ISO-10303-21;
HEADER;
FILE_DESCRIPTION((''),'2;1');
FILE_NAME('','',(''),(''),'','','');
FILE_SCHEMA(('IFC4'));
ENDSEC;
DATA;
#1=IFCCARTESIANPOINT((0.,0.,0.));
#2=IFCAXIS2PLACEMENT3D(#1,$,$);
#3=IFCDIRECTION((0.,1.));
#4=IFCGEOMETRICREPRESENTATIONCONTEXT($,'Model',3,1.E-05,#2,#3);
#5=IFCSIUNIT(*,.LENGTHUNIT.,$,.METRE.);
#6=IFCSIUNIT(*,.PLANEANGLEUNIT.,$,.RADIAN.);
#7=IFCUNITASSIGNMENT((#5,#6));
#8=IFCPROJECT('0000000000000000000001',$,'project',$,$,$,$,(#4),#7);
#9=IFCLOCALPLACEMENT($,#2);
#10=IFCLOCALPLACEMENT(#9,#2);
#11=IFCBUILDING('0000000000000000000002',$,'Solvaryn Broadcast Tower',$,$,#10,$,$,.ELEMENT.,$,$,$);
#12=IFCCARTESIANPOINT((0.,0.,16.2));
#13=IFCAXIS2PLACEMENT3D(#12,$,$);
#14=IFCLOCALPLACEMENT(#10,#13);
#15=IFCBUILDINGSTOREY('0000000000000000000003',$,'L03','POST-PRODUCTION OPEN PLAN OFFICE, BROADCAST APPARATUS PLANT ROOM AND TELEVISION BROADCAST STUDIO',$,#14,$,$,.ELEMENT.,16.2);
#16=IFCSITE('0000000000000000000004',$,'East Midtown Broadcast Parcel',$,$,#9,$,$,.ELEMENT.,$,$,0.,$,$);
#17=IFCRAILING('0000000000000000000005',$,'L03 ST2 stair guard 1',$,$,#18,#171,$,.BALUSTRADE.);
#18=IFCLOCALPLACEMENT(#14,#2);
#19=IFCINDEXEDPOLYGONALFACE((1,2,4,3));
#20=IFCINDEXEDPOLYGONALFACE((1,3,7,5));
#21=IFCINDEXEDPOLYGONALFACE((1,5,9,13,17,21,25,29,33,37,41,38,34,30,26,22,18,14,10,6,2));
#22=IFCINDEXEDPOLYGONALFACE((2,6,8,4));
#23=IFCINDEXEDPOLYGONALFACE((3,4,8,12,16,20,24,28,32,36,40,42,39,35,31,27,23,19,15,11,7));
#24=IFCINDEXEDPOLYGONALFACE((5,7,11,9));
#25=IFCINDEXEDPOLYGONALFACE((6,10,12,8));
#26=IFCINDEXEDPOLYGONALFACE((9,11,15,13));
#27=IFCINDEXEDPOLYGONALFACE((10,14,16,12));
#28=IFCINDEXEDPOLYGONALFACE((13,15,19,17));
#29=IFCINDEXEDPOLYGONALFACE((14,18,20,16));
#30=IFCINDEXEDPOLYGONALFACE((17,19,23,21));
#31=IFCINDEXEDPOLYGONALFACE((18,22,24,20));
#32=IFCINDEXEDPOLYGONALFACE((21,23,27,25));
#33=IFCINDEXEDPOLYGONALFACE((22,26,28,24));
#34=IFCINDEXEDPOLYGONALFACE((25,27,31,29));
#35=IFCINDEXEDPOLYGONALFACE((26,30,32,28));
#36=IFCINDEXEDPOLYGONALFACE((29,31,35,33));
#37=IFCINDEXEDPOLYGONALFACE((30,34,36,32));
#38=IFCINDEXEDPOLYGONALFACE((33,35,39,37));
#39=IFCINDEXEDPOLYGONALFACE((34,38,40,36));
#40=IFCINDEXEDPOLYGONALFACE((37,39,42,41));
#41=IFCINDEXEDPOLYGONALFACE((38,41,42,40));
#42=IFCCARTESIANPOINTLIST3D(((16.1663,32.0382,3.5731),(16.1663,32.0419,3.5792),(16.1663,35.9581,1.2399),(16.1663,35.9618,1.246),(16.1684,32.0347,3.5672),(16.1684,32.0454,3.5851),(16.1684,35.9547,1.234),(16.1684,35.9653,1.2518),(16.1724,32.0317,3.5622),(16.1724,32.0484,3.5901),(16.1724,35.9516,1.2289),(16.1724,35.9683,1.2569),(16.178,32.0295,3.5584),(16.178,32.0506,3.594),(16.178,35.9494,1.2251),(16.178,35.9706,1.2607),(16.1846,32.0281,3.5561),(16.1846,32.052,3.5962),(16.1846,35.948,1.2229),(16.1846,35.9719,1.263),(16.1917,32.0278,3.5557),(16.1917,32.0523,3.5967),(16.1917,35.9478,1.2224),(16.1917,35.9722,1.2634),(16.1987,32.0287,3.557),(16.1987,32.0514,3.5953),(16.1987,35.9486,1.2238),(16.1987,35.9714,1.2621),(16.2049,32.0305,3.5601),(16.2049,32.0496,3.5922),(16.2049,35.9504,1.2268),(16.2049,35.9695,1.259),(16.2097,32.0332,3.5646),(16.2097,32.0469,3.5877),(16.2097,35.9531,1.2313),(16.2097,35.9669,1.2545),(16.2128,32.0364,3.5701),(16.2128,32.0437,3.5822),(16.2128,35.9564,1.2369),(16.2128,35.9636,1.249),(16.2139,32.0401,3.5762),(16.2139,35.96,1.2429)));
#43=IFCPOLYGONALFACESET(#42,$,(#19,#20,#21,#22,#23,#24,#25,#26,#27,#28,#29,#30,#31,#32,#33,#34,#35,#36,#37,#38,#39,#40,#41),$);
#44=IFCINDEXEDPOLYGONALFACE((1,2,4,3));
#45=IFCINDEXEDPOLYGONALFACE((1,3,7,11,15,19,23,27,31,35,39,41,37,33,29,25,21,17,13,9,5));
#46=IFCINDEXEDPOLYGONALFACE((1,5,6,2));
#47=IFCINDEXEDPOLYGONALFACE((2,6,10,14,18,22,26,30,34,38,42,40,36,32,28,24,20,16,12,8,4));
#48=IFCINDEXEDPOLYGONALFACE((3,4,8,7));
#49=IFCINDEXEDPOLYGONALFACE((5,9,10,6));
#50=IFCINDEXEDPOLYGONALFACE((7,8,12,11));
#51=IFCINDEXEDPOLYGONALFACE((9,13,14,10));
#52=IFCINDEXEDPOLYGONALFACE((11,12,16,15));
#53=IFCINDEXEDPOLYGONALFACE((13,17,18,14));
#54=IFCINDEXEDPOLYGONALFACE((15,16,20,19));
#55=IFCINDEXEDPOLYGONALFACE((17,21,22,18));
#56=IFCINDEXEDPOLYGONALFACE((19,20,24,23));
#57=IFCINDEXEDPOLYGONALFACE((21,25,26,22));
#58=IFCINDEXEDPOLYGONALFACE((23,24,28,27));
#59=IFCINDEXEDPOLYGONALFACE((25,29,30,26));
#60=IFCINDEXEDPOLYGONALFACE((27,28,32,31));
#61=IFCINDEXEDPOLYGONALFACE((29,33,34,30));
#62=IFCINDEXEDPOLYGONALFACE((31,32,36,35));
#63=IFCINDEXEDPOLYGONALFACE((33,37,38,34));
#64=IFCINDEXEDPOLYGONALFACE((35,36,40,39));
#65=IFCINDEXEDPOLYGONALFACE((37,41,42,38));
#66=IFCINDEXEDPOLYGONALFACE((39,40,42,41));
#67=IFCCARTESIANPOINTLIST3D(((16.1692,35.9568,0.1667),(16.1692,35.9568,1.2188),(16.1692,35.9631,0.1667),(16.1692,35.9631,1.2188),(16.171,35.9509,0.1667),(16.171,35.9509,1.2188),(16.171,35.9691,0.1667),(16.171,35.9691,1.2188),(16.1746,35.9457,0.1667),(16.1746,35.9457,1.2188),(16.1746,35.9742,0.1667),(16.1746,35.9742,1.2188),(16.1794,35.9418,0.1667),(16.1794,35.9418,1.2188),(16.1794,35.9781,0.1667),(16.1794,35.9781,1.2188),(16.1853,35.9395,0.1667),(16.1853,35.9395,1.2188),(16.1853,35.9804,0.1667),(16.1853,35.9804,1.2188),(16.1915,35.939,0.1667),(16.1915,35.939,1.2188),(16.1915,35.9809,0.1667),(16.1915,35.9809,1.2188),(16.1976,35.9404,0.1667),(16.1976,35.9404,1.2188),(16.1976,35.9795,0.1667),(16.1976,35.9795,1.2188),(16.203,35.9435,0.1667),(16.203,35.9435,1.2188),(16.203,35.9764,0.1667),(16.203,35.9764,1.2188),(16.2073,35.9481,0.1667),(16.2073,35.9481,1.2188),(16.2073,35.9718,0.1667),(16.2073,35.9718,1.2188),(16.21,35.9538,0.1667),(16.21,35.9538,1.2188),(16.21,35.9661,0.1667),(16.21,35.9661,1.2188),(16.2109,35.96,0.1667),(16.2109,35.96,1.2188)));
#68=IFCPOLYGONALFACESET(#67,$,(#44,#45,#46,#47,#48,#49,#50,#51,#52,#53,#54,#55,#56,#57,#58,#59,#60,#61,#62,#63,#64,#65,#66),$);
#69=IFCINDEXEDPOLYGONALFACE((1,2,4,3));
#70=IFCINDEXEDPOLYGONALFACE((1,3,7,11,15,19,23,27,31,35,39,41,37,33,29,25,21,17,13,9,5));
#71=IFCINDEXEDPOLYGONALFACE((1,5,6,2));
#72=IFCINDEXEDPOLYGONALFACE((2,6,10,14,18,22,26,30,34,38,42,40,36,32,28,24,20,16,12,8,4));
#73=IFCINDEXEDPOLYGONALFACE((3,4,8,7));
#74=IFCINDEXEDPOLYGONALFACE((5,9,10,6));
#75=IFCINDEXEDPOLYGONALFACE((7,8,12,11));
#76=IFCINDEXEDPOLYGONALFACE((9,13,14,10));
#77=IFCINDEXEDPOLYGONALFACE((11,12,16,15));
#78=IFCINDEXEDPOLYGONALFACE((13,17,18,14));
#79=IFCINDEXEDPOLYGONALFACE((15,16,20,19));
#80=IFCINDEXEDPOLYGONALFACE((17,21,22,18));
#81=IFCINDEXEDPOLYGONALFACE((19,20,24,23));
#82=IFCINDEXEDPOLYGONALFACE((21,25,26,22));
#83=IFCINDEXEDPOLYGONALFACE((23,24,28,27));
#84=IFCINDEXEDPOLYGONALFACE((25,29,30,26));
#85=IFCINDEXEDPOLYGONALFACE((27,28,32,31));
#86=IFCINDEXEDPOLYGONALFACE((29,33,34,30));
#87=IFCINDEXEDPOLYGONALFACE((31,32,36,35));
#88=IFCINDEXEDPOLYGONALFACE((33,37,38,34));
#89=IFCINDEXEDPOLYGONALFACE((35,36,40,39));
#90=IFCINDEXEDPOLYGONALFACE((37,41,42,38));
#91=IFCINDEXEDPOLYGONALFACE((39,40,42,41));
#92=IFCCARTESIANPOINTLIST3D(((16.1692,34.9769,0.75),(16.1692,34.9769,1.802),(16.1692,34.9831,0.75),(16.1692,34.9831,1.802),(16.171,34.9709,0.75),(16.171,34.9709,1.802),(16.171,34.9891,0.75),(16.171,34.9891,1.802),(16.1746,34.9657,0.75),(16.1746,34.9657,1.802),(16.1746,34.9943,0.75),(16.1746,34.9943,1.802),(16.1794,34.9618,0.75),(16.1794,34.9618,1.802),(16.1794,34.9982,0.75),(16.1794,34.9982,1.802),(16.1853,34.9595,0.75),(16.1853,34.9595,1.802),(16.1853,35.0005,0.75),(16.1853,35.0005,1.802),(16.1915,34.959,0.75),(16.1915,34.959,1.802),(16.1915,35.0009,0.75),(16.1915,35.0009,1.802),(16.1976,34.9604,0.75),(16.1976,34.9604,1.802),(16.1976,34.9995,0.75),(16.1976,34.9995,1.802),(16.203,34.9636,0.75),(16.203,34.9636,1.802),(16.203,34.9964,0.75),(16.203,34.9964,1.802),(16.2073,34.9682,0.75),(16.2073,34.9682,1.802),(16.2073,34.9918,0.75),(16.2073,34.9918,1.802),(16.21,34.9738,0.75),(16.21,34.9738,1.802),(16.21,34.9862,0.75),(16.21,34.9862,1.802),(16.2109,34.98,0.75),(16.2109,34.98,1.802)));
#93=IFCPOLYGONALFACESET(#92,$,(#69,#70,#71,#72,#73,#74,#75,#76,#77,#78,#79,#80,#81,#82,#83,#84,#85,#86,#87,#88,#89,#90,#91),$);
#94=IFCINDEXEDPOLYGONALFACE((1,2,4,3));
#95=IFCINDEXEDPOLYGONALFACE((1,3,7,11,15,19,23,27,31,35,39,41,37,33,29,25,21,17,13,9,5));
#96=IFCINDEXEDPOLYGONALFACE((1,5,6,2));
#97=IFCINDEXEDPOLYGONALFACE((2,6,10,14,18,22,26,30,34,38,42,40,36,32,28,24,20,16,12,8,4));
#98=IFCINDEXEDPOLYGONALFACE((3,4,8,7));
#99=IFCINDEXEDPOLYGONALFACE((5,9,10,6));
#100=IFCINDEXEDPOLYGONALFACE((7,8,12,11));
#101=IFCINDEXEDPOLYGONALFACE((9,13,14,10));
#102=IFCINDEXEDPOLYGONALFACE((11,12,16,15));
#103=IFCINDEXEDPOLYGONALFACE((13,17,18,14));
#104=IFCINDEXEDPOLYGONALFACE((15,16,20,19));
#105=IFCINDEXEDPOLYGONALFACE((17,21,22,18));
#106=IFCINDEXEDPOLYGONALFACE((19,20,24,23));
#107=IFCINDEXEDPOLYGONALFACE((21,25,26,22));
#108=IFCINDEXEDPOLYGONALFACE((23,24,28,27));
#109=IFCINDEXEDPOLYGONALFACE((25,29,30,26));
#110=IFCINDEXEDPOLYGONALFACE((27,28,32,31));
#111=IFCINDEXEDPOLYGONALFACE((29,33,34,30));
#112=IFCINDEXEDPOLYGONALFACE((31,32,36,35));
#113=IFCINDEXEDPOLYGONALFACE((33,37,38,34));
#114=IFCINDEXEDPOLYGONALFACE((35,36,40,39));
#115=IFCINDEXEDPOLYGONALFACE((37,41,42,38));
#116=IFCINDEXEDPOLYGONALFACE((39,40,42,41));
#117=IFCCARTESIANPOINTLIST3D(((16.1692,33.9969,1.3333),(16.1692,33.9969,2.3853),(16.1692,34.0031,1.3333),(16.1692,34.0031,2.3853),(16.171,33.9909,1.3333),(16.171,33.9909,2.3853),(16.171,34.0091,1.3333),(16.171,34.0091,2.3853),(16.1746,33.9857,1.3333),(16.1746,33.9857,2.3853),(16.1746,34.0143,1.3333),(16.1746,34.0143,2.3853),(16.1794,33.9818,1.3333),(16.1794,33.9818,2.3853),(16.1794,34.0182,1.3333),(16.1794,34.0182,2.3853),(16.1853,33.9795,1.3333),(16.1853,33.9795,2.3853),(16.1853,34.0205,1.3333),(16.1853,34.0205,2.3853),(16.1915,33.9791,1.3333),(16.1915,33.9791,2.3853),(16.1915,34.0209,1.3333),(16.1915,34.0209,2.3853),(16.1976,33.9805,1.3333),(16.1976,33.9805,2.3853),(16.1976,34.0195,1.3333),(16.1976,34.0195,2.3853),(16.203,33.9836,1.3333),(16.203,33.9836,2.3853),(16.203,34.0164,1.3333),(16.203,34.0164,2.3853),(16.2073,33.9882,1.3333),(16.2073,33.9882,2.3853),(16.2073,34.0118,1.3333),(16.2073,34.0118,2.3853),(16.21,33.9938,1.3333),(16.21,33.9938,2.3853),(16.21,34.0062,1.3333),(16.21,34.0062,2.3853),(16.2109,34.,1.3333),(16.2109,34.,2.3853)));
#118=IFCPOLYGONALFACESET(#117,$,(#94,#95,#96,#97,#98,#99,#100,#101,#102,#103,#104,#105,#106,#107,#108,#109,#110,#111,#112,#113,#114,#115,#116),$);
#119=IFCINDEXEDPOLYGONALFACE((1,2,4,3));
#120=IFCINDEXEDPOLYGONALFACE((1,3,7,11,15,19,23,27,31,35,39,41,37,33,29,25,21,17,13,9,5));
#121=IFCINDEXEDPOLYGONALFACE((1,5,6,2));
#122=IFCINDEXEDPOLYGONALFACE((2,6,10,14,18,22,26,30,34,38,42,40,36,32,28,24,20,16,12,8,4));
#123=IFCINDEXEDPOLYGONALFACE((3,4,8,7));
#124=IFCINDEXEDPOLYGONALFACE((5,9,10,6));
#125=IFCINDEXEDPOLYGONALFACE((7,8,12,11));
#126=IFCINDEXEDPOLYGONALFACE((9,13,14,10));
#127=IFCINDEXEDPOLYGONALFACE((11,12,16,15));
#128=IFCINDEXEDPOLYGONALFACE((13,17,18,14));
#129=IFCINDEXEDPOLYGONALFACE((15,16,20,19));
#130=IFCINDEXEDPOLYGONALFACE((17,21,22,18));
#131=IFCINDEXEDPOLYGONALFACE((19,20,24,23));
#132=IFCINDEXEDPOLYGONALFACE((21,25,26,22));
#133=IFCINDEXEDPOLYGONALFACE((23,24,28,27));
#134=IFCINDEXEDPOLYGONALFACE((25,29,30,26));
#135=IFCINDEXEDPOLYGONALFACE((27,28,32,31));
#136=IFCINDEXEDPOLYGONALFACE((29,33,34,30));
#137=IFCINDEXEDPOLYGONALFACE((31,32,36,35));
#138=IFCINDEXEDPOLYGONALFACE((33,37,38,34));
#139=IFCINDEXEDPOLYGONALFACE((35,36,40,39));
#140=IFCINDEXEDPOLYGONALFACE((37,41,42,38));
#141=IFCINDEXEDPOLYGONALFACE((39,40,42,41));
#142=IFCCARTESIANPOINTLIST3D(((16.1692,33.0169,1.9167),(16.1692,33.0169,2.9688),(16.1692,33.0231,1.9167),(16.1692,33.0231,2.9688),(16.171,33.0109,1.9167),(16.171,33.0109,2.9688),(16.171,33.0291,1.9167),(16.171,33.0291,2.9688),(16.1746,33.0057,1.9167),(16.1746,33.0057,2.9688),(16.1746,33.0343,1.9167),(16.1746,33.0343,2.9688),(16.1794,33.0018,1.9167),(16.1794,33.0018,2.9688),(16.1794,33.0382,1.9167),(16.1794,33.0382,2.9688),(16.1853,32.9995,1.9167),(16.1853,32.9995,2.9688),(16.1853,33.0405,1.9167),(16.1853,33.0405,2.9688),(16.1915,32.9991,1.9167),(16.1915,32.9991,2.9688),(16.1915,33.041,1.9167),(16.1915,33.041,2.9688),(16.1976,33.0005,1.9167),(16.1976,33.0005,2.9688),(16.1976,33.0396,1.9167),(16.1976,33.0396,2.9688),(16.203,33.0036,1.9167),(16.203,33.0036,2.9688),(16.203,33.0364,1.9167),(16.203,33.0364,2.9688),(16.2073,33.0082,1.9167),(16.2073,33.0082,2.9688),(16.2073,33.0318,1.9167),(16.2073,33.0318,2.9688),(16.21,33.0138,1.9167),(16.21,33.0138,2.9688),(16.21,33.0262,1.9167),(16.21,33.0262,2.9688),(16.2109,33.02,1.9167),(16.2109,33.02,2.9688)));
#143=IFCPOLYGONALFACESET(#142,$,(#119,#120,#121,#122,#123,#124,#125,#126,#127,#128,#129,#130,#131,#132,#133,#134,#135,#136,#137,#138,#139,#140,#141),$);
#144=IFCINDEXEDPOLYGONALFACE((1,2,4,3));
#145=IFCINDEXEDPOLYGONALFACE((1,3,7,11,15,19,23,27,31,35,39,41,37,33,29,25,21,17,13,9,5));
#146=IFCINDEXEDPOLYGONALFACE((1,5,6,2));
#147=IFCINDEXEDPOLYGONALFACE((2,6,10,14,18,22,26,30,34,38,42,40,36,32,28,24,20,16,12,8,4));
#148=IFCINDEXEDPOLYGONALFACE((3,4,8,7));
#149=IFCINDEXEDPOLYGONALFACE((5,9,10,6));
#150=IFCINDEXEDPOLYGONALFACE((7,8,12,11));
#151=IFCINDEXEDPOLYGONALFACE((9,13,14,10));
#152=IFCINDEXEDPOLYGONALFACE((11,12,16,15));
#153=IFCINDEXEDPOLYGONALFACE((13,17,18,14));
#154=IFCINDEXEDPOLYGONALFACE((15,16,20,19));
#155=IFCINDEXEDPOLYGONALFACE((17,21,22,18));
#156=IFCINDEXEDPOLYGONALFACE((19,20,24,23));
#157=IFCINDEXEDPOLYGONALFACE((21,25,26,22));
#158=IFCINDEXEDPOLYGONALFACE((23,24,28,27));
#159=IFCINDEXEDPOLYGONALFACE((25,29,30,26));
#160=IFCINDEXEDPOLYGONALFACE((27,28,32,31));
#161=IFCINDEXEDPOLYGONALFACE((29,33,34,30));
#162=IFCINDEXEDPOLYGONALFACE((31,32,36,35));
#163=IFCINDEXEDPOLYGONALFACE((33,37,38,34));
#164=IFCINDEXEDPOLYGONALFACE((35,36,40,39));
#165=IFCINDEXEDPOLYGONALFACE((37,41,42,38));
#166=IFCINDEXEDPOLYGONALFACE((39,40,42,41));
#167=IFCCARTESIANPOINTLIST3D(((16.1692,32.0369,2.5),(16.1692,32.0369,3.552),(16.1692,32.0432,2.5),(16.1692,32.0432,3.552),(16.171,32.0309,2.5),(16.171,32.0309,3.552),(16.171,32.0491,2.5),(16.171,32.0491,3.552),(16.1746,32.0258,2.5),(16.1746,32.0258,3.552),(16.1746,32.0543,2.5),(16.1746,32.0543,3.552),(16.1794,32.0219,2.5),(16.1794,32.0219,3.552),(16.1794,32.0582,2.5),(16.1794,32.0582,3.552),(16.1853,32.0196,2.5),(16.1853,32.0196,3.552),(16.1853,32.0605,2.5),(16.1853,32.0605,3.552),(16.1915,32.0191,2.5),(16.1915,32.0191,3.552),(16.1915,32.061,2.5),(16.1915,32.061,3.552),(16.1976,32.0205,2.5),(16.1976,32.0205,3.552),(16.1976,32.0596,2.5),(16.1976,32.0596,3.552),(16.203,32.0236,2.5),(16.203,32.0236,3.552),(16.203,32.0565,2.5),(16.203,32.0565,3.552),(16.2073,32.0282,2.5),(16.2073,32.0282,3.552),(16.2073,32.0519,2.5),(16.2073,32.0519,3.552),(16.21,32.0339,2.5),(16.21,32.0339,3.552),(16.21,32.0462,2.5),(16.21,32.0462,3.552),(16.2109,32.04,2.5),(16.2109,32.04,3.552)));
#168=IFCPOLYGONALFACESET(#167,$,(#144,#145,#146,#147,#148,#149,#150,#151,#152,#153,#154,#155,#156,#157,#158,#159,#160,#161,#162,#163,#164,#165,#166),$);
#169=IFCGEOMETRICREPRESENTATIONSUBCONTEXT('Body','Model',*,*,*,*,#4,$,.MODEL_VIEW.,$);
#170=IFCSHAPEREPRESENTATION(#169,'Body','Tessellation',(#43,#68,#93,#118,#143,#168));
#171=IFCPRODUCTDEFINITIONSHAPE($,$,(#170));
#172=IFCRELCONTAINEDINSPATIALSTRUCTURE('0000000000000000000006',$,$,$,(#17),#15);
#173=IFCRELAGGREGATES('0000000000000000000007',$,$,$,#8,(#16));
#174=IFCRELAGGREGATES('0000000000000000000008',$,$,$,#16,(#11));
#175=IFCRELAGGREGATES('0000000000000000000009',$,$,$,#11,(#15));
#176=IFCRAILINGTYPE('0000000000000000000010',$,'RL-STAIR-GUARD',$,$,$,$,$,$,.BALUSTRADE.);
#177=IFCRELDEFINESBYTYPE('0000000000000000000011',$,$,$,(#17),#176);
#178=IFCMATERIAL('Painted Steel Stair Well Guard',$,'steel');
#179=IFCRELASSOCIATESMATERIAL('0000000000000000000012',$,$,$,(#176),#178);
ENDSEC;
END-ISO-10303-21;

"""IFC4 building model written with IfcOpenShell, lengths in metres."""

from ifc_helpers import new_model, si_unit, direction, frame, origin, origin_2d, place, context, subcontext, project, spatial, circle, extrude, material, type_object, element, save


model = new_model("IFC4")

# Units and contexts
model_context = context("Model", 3, precision=1e-05, world=origin(), true_north=direction((0.0, 1.0)))
body_context = subcontext(model_context, "Body", "Model", "MODEL_VIEW")
ifc_project = project(units=[si_unit("LENGTHUNIT", "METRE"), si_unit("PLANEANGLEUNIT", "RADIAN")], contexts=[model_context])

# Site, building, storey
site_placement = place(None, origin())
site = spatial("IfcSite", under=ifc_project, at=site_placement, Name="East Midtown Broadcast Parcel", CompositionType="ELEMENT", RefElevation=0.0)
building_placement = place(site_placement, origin())
building = spatial("IfcBuilding", under=site, at=building_placement, Name="Solvaryn Broadcast Tower", CompositionType="ELEMENT")
storey_placement = place(building_placement, frame((0.0, 0.0, 16.2)))
storey = spatial("IfcBuildingStorey", under=building, at=storey_placement, Name="L03", Description="POST-PRODUCTION OPEN PLAN OFFICE, BROADCAST APPARATUS PLANT ROOM AND TELEVISION BROADCAST STUDIO", CompositionType="ELEMENT", Elevation=16.2)

# Railing
ifc_material_1 = material(Name="Painted Steel Stair Well Guard", Category="steel")
railing_type = type_object("IfcRailingType", Name="RL-STAIR-GUARD", PredefinedType="BALUSTRADE", material=ifc_material_1)
railing_1_placement = place(storey_placement, frame((16.1899, 35.96, 0.1667)))
element("IfcRailing", 1, at=railing_1_placement, inside=storey, type_object=railing_type, Name="L03 ST2 stair guard 1", PredefinedType="BALUSTRADE", context=body_context, shape_type="SweptSolid", body=[
    extrude(circle(Radius=0.0239, at=origin_2d()), frame((0.0, 0.0, 1.0762), z_axis=(0.0, -0.859296, 0.511478), x_axis=(1.0, 0.0, 0.0)), (0.0, 0.0, 1.0), 4.5618),
    extrude(circle(Radius=0.021, at=origin_2d()), origin(), (0.0, 0.0, 1.0), 1.052),
    extrude(circle(Radius=0.021, at=origin_2d()), frame((0.0, -0.98, 0.5833)), (0.0, 0.0, 1.0), 1.052),
    extrude(circle(Radius=0.021, at=origin_2d()), frame((0.0, -1.96, 1.1665)), (0.0, 0.0, 1.0), 1.052),
    extrude(circle(Radius=0.021, at=origin_2d()), frame((0.0, -2.9399, 1.75)), (0.0, 0.0, 1.0), 1.052),
    extrude(circle(Radius=0.021, at=origin_2d()), frame((0.0, -3.9199, 2.3333)), (0.0, 0.0, 1.0), 1.052),
])

save(model, "model.ifc")
